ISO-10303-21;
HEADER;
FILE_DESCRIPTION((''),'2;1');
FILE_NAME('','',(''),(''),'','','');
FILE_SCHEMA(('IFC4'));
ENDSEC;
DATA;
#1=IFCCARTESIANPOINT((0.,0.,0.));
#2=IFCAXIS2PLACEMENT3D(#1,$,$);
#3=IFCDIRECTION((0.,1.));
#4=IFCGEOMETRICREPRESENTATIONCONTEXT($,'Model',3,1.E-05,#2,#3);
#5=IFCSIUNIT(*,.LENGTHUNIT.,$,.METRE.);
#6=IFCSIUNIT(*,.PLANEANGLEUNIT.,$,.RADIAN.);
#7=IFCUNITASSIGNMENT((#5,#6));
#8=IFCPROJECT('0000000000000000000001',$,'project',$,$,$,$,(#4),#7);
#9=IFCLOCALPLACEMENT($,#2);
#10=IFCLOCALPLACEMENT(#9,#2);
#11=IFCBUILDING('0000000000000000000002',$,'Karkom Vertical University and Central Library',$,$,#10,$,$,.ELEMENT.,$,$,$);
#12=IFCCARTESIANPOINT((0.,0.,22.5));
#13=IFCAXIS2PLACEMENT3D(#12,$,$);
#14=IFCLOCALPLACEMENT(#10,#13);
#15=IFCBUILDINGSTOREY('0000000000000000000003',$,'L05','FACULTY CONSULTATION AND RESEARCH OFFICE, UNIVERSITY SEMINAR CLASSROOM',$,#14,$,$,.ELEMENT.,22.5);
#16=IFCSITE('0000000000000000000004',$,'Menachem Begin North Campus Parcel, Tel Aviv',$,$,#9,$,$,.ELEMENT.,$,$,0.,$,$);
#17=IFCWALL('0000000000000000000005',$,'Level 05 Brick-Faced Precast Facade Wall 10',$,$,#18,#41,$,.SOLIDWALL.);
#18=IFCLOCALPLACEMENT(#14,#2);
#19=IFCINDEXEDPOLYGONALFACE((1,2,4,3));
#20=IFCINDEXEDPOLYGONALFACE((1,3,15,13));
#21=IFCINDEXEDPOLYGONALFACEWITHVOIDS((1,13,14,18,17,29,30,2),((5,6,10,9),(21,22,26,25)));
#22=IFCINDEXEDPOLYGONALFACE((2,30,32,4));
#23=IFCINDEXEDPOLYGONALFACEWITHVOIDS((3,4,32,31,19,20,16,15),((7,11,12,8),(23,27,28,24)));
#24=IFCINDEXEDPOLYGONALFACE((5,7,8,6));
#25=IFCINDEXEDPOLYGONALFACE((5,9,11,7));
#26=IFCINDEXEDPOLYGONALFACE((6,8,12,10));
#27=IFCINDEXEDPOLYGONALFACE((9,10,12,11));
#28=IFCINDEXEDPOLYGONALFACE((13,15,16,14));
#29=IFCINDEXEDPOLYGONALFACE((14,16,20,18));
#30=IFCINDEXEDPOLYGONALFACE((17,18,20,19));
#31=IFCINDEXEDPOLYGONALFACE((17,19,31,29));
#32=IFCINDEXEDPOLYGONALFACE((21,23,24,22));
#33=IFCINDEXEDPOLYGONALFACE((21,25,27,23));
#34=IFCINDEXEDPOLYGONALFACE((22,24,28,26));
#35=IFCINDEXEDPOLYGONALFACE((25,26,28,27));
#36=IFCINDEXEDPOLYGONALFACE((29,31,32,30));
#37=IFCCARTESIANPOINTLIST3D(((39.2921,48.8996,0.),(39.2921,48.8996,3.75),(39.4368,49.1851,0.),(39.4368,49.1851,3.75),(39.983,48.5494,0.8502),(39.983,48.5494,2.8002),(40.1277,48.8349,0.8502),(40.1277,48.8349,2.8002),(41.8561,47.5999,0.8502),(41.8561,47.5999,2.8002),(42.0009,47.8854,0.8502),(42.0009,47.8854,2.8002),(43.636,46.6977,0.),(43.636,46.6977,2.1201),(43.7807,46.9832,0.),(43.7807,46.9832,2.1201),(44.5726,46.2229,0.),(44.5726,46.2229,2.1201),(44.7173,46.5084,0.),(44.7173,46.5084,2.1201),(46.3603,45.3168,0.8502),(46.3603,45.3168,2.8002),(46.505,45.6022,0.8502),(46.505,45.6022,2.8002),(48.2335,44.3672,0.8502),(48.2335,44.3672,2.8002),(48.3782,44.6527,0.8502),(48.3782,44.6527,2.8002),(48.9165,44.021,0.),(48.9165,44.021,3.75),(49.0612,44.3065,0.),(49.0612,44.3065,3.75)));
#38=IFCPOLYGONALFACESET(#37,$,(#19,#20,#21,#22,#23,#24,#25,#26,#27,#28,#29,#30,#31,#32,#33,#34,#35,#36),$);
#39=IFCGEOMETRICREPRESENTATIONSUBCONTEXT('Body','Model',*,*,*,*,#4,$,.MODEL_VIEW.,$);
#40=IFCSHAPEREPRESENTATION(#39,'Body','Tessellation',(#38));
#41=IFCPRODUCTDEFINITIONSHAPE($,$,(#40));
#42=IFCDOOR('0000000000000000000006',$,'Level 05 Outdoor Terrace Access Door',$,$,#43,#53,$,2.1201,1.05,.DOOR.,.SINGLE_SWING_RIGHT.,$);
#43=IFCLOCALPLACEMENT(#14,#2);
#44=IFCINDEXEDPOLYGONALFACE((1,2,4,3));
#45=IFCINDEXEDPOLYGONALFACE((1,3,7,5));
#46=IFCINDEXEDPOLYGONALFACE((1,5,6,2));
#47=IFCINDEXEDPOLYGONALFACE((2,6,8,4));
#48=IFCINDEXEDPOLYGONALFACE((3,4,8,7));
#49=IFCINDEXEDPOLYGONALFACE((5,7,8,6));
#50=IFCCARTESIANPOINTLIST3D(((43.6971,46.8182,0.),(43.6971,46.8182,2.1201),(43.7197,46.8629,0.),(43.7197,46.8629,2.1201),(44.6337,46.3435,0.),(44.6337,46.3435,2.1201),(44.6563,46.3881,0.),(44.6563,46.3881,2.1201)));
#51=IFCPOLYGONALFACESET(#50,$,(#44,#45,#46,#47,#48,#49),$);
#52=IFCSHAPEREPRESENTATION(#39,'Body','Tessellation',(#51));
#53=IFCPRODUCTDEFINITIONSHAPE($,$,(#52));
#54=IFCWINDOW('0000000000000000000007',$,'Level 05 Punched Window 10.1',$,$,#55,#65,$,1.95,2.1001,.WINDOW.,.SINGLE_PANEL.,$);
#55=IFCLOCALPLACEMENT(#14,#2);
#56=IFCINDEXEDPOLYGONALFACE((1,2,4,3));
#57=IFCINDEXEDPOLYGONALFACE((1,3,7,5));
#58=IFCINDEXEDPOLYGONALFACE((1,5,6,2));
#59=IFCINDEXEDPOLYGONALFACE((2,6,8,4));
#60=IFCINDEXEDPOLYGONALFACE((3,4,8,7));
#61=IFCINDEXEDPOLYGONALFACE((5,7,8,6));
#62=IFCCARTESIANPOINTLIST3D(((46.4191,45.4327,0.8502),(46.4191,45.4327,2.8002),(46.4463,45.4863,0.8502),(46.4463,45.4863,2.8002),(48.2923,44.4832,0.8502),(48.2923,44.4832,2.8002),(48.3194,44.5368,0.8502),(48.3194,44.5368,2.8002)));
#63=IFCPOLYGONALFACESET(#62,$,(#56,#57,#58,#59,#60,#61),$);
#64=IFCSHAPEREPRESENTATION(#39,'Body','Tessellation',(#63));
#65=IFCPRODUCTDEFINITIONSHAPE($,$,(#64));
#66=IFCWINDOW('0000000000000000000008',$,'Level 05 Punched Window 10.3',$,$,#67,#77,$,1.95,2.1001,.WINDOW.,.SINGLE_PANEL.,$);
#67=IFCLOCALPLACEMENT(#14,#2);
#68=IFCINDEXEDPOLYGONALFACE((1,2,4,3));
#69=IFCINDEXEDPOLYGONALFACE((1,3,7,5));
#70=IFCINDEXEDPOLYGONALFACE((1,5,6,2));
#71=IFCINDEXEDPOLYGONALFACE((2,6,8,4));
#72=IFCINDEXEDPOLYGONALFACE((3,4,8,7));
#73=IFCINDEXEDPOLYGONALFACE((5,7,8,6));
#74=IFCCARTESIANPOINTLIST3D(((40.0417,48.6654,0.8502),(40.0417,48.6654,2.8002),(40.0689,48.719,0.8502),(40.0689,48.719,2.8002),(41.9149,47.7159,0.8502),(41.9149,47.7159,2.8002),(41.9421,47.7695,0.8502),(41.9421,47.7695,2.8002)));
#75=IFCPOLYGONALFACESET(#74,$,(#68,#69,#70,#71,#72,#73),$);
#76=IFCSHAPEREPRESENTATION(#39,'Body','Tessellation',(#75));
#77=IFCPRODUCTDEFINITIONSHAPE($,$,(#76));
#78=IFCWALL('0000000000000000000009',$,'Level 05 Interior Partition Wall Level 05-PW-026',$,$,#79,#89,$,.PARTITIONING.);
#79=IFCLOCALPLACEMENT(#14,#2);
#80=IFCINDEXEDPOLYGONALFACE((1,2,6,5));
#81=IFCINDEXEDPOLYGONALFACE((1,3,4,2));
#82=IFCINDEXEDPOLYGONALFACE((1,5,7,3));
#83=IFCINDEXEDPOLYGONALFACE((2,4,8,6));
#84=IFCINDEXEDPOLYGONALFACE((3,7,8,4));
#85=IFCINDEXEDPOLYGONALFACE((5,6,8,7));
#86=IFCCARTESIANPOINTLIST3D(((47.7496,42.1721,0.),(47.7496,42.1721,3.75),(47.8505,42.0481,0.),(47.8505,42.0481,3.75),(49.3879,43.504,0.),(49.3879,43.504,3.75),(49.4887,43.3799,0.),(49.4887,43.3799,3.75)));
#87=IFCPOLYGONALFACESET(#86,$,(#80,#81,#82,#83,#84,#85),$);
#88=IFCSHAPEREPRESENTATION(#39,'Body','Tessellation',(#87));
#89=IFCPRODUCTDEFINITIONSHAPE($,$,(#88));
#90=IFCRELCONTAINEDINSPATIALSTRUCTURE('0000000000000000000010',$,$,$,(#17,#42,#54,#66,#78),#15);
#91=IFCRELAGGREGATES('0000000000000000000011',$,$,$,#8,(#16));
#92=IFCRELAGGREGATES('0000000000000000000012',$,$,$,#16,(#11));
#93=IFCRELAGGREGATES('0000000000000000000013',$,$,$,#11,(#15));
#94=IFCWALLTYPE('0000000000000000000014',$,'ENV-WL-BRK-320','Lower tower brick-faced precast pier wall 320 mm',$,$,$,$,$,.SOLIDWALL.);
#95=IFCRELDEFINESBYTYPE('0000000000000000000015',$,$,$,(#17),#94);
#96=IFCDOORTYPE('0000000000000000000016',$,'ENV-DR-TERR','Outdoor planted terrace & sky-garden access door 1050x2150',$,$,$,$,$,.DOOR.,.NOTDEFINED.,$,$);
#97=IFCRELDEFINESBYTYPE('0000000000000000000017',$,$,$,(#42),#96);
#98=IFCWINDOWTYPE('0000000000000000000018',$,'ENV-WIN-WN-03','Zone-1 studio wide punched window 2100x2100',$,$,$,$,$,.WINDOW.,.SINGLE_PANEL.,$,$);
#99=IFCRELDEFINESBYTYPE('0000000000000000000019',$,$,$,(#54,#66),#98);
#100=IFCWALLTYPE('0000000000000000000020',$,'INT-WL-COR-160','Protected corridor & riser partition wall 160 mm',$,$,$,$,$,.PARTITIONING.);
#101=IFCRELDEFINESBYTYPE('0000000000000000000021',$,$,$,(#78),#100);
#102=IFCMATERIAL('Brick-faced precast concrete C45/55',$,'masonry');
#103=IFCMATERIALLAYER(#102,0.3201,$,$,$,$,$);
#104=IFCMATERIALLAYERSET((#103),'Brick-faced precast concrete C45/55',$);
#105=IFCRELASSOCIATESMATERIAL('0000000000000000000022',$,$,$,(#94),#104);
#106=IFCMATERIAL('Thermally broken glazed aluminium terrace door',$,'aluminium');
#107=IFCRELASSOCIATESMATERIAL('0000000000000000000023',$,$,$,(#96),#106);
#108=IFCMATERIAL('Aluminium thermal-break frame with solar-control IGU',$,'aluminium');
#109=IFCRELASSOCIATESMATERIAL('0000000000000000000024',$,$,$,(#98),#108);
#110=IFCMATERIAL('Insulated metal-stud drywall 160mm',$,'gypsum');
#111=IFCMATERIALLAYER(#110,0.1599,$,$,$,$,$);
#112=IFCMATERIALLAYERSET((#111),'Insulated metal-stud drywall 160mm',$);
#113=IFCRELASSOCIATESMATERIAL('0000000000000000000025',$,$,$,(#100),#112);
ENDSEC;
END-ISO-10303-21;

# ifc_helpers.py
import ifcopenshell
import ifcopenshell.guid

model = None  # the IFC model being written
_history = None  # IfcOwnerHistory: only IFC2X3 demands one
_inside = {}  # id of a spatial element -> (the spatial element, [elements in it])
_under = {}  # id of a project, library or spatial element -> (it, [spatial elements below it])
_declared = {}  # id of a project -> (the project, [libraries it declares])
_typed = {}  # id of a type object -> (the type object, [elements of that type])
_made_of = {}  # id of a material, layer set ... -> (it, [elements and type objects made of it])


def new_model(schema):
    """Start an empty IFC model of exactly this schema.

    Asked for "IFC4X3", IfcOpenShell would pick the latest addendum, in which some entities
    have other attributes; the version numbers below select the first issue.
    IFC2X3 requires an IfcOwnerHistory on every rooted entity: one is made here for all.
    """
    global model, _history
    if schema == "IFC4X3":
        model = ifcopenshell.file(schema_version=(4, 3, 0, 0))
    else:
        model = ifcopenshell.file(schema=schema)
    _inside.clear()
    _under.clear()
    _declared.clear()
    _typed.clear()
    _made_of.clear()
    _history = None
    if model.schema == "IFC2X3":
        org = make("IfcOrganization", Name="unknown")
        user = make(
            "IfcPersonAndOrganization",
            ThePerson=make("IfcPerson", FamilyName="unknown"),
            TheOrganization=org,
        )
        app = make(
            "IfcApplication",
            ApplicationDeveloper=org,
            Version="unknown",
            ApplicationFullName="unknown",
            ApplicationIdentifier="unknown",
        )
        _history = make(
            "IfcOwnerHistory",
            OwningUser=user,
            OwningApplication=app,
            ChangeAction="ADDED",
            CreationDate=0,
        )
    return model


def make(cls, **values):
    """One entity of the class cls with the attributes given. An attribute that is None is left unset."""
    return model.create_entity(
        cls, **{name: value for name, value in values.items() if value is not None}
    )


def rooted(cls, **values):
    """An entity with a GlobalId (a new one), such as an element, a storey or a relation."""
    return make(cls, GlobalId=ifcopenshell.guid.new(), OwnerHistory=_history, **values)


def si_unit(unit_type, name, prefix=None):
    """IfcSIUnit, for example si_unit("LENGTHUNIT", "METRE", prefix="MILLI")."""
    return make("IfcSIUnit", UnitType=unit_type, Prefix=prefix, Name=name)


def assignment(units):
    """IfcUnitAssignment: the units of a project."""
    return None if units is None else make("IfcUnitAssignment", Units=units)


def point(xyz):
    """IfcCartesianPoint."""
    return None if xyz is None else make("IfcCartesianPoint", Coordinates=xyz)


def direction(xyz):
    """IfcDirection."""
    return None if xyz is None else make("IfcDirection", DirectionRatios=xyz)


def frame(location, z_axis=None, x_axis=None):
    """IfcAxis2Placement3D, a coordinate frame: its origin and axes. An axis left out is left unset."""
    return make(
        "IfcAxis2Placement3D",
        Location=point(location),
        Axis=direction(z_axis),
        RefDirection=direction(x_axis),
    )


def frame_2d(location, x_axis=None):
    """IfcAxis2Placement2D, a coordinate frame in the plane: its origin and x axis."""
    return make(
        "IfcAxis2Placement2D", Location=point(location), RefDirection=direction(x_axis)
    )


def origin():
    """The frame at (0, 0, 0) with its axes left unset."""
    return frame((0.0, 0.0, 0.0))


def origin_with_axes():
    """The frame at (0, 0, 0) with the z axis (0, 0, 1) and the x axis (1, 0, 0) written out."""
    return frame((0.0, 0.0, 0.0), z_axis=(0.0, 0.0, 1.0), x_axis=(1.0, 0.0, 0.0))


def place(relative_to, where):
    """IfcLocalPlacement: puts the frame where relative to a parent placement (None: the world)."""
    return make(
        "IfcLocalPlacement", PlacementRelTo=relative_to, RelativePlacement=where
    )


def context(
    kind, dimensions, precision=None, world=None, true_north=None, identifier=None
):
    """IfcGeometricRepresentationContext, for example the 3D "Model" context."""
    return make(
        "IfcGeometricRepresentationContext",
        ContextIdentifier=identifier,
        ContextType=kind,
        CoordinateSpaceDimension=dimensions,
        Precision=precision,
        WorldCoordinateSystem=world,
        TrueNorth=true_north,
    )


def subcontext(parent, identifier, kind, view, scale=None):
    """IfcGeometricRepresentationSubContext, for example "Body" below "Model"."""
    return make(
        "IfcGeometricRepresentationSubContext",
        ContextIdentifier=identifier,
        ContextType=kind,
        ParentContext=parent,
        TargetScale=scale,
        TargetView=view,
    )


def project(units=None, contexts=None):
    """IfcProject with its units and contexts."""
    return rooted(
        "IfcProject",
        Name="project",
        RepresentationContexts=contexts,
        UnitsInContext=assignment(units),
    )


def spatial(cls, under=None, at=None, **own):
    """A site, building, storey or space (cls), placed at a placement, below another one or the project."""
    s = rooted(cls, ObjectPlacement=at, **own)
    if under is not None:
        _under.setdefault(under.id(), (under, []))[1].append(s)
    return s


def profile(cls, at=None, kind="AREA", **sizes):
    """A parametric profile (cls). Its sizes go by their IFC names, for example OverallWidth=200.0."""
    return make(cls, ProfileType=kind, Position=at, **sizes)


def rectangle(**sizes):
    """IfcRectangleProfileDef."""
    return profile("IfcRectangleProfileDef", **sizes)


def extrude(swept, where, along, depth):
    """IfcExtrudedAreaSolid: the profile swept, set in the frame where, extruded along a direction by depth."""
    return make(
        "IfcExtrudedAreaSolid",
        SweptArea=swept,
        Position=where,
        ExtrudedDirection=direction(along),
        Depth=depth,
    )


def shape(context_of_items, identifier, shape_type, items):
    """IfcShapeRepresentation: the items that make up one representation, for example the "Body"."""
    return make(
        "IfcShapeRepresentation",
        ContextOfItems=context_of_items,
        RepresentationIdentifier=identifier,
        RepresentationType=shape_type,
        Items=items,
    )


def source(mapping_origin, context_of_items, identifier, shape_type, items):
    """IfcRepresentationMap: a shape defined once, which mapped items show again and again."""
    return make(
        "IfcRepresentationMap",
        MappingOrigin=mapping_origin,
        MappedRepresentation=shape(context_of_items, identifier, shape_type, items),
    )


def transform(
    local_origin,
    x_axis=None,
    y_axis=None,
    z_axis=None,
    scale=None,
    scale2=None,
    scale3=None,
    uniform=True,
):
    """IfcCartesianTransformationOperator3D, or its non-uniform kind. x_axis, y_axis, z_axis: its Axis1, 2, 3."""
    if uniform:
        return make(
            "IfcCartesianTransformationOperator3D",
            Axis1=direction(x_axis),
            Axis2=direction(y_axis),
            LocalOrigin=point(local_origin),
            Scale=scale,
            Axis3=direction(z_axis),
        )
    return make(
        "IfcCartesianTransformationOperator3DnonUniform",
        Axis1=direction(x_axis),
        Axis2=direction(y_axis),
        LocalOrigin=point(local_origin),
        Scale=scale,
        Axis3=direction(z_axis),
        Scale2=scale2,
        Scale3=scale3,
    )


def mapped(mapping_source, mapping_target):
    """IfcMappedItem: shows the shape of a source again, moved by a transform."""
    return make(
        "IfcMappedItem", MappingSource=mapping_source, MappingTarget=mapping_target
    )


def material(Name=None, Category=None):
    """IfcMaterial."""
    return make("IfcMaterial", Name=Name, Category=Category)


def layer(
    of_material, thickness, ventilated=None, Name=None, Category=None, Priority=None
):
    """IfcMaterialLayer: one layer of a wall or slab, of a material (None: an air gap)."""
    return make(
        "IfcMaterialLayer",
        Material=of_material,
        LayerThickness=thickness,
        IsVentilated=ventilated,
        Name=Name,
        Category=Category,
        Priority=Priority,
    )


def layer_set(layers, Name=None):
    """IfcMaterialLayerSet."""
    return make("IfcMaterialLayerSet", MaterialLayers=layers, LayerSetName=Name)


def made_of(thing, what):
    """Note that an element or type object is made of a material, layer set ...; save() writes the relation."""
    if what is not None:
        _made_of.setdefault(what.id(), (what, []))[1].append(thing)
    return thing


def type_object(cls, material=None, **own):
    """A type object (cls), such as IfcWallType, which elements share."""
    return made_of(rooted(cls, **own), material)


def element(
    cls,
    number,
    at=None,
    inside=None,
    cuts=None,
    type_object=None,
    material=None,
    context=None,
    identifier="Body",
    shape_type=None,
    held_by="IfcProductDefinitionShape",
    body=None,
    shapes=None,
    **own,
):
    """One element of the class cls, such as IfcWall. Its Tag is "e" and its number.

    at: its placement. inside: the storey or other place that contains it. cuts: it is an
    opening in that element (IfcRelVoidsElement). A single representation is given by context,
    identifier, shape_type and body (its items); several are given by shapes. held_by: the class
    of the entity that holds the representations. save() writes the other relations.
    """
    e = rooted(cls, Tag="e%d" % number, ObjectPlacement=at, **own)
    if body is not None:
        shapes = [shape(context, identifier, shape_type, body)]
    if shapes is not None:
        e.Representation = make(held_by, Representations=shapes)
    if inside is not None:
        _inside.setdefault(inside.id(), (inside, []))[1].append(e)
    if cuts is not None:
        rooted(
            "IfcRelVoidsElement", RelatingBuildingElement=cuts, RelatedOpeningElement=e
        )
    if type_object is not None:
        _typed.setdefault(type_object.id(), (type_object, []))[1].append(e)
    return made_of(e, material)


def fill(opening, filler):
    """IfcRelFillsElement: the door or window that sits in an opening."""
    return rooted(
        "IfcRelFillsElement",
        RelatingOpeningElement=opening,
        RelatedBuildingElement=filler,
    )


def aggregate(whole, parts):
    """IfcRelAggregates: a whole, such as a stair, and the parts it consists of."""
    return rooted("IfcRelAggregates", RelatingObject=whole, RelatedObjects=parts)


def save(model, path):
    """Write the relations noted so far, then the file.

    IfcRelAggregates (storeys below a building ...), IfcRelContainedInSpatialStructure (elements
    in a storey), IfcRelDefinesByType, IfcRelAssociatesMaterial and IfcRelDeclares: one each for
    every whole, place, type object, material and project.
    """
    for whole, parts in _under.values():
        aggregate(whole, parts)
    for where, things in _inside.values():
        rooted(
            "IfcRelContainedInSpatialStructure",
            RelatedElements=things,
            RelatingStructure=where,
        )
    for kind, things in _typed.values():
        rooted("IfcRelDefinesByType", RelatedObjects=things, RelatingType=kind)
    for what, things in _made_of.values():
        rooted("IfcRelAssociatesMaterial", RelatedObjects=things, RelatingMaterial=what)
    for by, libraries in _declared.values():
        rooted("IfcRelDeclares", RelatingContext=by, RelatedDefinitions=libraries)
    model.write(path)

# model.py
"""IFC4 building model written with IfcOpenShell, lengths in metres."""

from ifc_helpers import new_model, si_unit, direction, frame, frame_2d, origin, origin_with_axes, place, context, subcontext, project, spatial, rectangle, extrude, source, transform, mapped, material, layer, layer_set, type_object, element, fill, save


model = new_model("IFC4")

# Units and contexts
model_context = context("Model", 3, precision=1e-05, world=origin(), true_north=direction((0.0, 1.0)))
body_context = subcontext(model_context, "Body", "Model", "MODEL_VIEW")
ifc_project = project(units=[si_unit("LENGTHUNIT", "METRE"), si_unit("PLANEANGLEUNIT", "RADIAN")], contexts=[model_context])

# Site, building, storey
site_placement = place(None, origin())
site = spatial("IfcSite", under=ifc_project, at=site_placement, Name="Menachem Begin North Campus Parcel, Tel Aviv", CompositionType="ELEMENT", RefElevation=0.0)
building_placement = place(site_placement, origin())
building = spatial("IfcBuilding", under=site, at=building_placement, Name="Karkom Vertical University and Central Library", CompositionType="ELEMENT")
storey_placement = place(building_placement, frame((0.0, 0.0, 22.5)))
storey = spatial("IfcBuildingStorey", under=building, at=storey_placement, Name="L05", Description="FACULTY CONSULTATION AND RESEARCH OFFICE, UNIVERSITY SEMINAR CLASSROOM", CompositionType="ELEMENT", Elevation=22.5)

# Wall, openings, door, windows
ifc_material_1 = material(Name="Brick-faced precast concrete C45/55", Category="masonry")
ifc_layer_1 = layer(ifc_material_1, 0.3201)
ifc_layer_set_1 = layer_set([ifc_layer_1], Name="Brick-faced precast concrete C45/55")
wall_type_1 = type_object("IfcWallType", Name="ENV-WL-BRK-320", Description="Lower tower brick-faced precast pier wall 320 mm", PredefinedType="SOLIDWALL", material=ifc_layer_set_1)
wall_1_placement = place(storey_placement, frame((48.9888, 44.1638, 0.0), z_axis=(0.0, 0.0, 1.0), x_axis=(-0.891952, 0.45213, 0.0)))
wall_1 = element("IfcWall", 1, at=wall_1_placement, inside=storey, type_object=wall_type_1, Name="Level 05 Brick-Faced Precast Facade Wall 10", PredefinedType="SOLIDWALL", context=body_context, shape_type="SweptSolid", body=[
    extrude(rectangle(XDim=10.7903, YDim=0.3201, at=frame_2d((5.395, 0.0))), origin(), (0.0, 0.0, 1.0), 3.75),
])
opening_1_placement = place(wall_1_placement, frame((0.7656, 0.0, 0.8501)))
opening_1 = element("IfcOpeningElement", 2, at=opening_1_placement, cuts=wall_1, PredefinedType="OPENING", context=body_context, shape_type="SweptSolid", body=[
    extrude(rectangle(XDim=2.1001, YDim=1.95, at=frame_2d((1.05, 0.9751))), frame((0.0, 0.1699, 0.0), z_axis=(0.0, -1.0, 0.0), x_axis=(1.0, 0.0, 0.0)), (0.0, 0.0, 1.0), 0.3401),
])
opening_2_placement = place(wall_1_placement, frame((7.9155, 0.0, 0.8501)))
opening_2 = element("IfcOpeningElement", 3, at=opening_2_placement, cuts=wall_1, PredefinedType="OPENING", context=body_context, shape_type="SweptSolid", body=[
    extrude(rectangle(XDim=2.1001, YDim=1.95, at=frame_2d((1.05, 0.9751))), frame((0.0, 0.1699, 0.0), z_axis=(0.0, -1.0, 0.0), x_axis=(1.0, 0.0, 0.0)), (0.0, 0.0, 1.0), 0.3401),
])
opening_3_placement = place(wall_1_placement, frame((4.8701, 0.0, 0.0)))
opening_3 = element("IfcOpeningElement", 4, at=opening_3_placement, cuts=wall_1, PredefinedType="OPENING", context=body_context, shape_type="SweptSolid", body=[
    extrude(rectangle(XDim=1.05, YDim=2.1201, at=frame_2d((0.5249, 1.0601))), frame((0.0, 0.1699, 0.0), z_axis=(0.0, -1.0, 0.0), x_axis=(1.0, 0.0, 0.0)), (0.0, 0.0, 1.0), 0.3401),
])
ifc_material_2 = material(Name="Thermally broken glazed aluminium terrace door", Category="aluminium")
door_type = type_object("IfcDoorType", Name="ENV-DR-TERR", Description="Outdoor planted terrace & sky-garden access door 1050x2150", OperationType="NOTDEFINED", PredefinedType="DOOR", material=ifc_material_2)
shared_shape_1 = source(origin_with_axes(), body_context, "Body", "SweptSolid", [
    extrude(rectangle(XDim=1.05, YDim=2.1201, at=frame_2d((0.5249, 1.0601))), frame((0.0, 0.0249, 0.0), z_axis=(0.0, -1.0, 0.0), x_axis=(1.0, 0.0, 0.0)), (0.0, 0.0, 1.0), 0.05),
])
door_placement = place(opening_3_placement, origin())
door = element("IfcDoor", 5, at=door_placement, inside=storey, type_object=door_type, Name="Level 05 Outdoor Terrace Access Door", OperationType="SINGLE_SWING_RIGHT", OverallHeight=2.1201, OverallWidth=1.05, PredefinedType="DOOR", context=body_context, shape_type="MappedRepresentation", body=[
    mapped(shared_shape_1, transform((0.0, 0.0, 0.0), scale=1.0)),
])
fill(opening_3, door)
ifc_material_3 = material(Name="Aluminium thermal-break frame with solar-control IGU", Category="aluminium")
window_type = type_object("IfcWindowType", Name="ENV-WIN-WN-03", Description="Zone-1 studio wide punched window 2100x2100", PartitioningType="SINGLE_PANEL", PredefinedType="WINDOW", material=ifc_material_3)
shared_shape_2 = source(origin_with_axes(), body_context, "Body", "SweptSolid", [
    extrude(rectangle(XDim=2.1001, YDim=1.95, at=frame_2d((1.05, 0.9751))), frame((0.0, 0.03, 0.0), z_axis=(0.0, -1.0, 0.0), x_axis=(1.0, 0.0, 0.0)), (0.0, 0.0, 1.0), 0.0601),
])
window_1_placement = place(opening_1_placement, origin())
window_1 = element("IfcWindow", 6, at=window_1_placement, inside=storey, type_object=window_type, Name="Level 05 Punched Window 10.1", OverallHeight=1.95, OverallWidth=2.1001, PartitioningType="SINGLE_PANEL", PredefinedType="WINDOW", context=body_context, shape_type="MappedRepresentation", body=[
    mapped(shared_shape_2, transform((0.0, 0.0, 0.0), scale=1.0)),
])
fill(opening_1, window_1)
window_2_placement = place(opening_2_placement, origin())
window_2 = element("IfcWindow", 7, at=window_2_placement, inside=storey, type_object=window_type, Name="Level 05 Punched Window 10.3", OverallHeight=1.95, OverallWidth=2.1001, PartitioningType="SINGLE_PANEL", PredefinedType="WINDOW", context=body_context, shape_type="MappedRepresentation", body=[
    mapped(shared_shape_2, transform((0.0, 0.0, 0.0), scale=1.0)),
])
fill(opening_2, window_2)

# Wall
ifc_material_4 = material(Name="Insulated metal-stud drywall 160mm", Category="gypsum")
ifc_layer_2 = layer(ifc_material_4, 0.1599)
ifc_layer_set_2 = layer_set([ifc_layer_2], Name="Insulated metal-stud drywall 160mm")
wall_type_2 = type_object("IfcWallType", Name="INT-WL-COR-160", Description="Protected corridor & riser partition wall 160 mm", PredefinedType="PARTITIONING", material=ifc_layer_set_2)
wall_2_placement = place(storey_placement, frame((47.8, 42.1101, 0.0), z_axis=(0.0, 0.0, 1.0), x_axis=(0.775937, 0.63081, 0.0)))
element("IfcWall", 8, at=wall_2_placement, inside=storey, type_object=wall_type_2, Name="Level 05 Interior Partition Wall Level 05-PW-026", PredefinedType="PARTITIONING", context=body_context, shape_type="SweptSolid", body=[
    extrude(rectangle(XDim=2.1113, YDim=0.1599, at=frame_2d((1.0557, 0.0))), origin(), (0.0, 0.0, 1.0), 3.75),
])

save(model, "model.ifc")
